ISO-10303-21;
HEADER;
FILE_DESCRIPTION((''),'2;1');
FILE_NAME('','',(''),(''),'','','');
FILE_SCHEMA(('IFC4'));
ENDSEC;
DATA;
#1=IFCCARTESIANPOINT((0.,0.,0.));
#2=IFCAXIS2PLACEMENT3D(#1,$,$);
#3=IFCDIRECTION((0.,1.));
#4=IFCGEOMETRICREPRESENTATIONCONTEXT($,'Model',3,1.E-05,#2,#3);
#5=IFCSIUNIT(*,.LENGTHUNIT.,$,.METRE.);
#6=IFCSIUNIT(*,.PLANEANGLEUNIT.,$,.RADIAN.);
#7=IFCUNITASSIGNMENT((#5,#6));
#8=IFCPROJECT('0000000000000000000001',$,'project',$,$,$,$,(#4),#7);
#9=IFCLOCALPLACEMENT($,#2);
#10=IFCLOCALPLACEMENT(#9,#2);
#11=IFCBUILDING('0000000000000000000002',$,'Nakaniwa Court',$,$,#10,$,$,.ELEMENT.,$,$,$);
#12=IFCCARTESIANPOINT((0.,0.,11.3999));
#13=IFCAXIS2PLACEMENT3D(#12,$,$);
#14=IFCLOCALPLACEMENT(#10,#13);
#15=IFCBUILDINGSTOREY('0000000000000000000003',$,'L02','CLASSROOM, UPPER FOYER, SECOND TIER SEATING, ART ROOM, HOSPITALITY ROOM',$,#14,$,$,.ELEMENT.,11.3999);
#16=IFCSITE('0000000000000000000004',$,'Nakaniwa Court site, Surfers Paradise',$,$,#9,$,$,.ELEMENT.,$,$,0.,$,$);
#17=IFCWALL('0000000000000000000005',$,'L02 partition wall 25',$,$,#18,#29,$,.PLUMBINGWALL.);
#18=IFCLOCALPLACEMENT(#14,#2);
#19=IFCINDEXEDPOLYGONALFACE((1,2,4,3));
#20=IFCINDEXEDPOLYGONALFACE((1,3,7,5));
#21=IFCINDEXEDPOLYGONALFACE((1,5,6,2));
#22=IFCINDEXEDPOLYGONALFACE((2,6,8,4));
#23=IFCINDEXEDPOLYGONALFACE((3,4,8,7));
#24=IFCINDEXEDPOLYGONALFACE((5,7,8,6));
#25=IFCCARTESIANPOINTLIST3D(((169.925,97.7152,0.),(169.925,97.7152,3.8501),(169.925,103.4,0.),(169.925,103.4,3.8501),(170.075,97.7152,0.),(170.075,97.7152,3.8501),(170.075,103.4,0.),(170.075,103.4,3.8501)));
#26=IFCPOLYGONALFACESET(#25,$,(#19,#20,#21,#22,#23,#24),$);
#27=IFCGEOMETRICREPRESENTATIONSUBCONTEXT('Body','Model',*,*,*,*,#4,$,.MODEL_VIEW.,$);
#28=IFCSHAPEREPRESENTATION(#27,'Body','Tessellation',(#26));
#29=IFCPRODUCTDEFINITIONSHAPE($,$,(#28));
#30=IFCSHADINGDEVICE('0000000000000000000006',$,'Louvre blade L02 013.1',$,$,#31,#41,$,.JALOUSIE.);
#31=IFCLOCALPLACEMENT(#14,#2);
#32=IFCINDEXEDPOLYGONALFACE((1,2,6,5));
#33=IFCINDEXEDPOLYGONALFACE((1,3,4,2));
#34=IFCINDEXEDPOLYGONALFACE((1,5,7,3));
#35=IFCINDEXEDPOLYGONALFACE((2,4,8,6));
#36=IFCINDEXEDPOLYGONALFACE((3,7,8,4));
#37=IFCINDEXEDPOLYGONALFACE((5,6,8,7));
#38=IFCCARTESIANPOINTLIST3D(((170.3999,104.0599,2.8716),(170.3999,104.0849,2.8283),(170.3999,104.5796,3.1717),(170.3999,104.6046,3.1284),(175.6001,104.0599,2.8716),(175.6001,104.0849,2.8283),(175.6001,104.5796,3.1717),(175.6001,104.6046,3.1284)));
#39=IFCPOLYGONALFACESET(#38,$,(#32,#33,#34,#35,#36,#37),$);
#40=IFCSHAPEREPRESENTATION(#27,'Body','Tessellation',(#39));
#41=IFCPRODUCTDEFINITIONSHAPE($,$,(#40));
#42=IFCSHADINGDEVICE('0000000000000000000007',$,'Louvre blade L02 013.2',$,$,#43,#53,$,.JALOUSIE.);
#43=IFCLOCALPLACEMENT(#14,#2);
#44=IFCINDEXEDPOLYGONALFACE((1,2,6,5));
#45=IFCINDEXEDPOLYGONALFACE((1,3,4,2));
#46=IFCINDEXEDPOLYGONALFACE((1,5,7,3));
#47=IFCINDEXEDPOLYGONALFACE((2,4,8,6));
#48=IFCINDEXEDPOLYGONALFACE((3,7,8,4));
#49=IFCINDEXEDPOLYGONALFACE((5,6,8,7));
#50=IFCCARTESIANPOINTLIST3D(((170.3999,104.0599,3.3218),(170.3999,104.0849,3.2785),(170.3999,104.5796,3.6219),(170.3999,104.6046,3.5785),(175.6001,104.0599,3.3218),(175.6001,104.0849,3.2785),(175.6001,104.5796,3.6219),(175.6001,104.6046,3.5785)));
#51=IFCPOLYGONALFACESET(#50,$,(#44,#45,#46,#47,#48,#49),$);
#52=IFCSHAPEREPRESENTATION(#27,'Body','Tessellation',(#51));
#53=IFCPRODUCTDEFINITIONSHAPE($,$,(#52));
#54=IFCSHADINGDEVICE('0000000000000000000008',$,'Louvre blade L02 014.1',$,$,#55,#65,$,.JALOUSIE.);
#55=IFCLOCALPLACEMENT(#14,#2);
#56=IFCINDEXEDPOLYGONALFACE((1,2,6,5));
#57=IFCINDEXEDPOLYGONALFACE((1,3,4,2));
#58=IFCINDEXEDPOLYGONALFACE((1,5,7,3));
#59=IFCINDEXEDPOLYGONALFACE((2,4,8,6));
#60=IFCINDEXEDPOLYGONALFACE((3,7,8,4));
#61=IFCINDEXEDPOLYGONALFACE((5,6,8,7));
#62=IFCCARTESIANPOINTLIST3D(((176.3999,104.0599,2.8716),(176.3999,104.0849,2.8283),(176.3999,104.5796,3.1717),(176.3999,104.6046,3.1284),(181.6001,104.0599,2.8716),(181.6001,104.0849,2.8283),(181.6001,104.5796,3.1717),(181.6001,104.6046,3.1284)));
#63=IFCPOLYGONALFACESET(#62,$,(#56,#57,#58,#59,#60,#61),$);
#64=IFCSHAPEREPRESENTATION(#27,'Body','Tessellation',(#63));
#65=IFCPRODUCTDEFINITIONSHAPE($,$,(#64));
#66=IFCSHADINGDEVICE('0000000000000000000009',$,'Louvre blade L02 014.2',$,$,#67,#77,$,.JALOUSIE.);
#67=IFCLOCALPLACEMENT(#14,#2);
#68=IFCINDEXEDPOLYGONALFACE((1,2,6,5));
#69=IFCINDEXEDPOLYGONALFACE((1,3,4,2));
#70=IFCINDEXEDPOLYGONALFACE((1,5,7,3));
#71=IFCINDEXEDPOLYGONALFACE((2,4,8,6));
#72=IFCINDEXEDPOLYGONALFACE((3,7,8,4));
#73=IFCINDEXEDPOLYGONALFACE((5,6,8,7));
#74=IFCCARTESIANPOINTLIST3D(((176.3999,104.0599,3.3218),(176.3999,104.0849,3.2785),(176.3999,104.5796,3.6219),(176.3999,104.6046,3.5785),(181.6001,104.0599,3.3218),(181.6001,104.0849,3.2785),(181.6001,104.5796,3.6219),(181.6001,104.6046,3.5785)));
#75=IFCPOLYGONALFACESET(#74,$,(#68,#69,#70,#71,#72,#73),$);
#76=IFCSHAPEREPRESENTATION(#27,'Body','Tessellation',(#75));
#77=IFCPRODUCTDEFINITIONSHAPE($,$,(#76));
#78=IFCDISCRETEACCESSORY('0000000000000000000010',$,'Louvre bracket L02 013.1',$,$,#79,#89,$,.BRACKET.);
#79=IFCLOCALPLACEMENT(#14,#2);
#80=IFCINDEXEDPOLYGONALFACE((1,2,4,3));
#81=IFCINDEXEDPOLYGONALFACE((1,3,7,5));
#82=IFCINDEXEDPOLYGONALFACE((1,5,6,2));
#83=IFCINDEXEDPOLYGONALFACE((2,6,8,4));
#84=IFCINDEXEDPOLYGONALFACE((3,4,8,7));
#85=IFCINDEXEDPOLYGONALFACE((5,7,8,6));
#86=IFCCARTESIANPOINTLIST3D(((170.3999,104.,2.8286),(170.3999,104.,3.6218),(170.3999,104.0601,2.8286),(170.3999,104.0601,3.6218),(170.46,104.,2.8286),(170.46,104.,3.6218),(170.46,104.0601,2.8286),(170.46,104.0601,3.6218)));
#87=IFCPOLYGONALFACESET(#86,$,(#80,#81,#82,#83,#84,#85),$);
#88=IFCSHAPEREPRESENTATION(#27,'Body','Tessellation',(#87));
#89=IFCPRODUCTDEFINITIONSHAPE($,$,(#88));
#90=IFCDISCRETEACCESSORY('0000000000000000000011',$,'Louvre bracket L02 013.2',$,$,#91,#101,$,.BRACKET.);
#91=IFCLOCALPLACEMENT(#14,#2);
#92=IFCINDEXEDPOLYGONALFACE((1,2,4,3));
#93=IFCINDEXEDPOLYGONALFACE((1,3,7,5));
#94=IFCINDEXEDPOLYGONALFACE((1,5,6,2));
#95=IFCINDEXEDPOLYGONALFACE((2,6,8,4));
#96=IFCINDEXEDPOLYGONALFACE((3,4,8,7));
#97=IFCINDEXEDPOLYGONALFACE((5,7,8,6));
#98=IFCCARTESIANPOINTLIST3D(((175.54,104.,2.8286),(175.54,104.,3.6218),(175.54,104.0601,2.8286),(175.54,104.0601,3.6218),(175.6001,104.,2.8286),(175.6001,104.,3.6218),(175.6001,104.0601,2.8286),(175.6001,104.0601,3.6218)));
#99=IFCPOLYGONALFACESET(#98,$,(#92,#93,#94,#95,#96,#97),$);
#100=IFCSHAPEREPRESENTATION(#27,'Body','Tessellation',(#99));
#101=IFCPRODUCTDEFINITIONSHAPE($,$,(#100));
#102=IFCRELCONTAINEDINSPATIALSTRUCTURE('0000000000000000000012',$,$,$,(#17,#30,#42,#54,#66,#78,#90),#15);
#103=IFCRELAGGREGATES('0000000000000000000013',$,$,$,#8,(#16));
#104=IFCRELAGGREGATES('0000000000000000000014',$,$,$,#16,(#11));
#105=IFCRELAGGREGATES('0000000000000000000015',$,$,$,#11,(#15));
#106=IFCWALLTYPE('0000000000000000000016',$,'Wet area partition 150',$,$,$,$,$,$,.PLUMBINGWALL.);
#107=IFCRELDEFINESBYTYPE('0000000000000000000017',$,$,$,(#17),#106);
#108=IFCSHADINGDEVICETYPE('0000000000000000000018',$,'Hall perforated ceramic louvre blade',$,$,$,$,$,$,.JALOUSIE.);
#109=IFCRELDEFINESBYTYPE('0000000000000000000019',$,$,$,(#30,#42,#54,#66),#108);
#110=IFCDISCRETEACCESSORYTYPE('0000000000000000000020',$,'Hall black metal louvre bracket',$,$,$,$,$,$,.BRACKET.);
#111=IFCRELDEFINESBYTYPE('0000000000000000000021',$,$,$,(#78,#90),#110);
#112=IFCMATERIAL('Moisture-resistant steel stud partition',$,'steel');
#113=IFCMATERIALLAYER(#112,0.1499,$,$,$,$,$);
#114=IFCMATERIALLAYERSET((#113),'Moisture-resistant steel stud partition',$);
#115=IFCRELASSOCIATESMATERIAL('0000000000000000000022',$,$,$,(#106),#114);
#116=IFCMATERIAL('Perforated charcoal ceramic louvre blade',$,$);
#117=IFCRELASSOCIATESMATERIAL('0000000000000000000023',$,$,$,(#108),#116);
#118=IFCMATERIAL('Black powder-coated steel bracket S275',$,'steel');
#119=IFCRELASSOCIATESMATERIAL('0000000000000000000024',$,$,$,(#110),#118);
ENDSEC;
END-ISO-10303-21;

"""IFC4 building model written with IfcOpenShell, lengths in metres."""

from ifc_helpers import new_model, si_unit, direction, frame, frame_2d, origin, origin_2d, place, context, subcontext, project, spatial, rectangle, extrude, material, layer, layer_set, material_profile, profile_set, type_object, element, save


model = new_model("IFC4")

# Units and contexts
model_context = context("Model", 3, precision=1e-05, world=origin(), true_north=direction((0.0, 1.0)))
body_context = subcontext(model_context, "Body", "Model", "MODEL_VIEW")
ifc_project = project(units=[si_unit("LENGTHUNIT", "METRE"), si_unit("PLANEANGLEUNIT", "RADIAN")], contexts=[model_context])

# Site, building, storey
site_placement = place(None, origin())
site = spatial("IfcSite", under=ifc_project, at=site_placement, Name="Nakaniwa Court site, Surfers Paradise", CompositionType="ELEMENT", RefElevation=0.0)
building_placement = place(site_placement, origin())
building = spatial("IfcBuilding", under=site, at=building_placement, Name="Nakaniwa Court", CompositionType="ELEMENT")
storey_placement = place(building_placement, frame((0.0, 0.0, 11.3999)))
storey = spatial("IfcBuildingStorey", under=building, at=storey_placement, Name="L02", Description="CLASSROOM, UPPER FOYER, SECOND TIER SEATING, ART ROOM, HOSPITALITY ROOM", CompositionType="ELEMENT", Elevation=11.3999)

# Wall
ifc_material_1 = material(Name="Moisture-resistant steel stud partition", Category="steel")
ifc_layer_1 = layer(ifc_material_1, 0.1499)
ifc_layer_set_1 = layer_set([ifc_layer_1], Name="Moisture-resistant steel stud partition")
wall_type_1 = type_object("IfcWallType", Name="Wet area partition 150", PredefinedType="PLUMBINGWALL", material=ifc_layer_set_1)
wall_1_placement = place(storey_placement, frame((170.0, 103.3999, 0.0), z_axis=(0.0, 0.0, 1.0), x_axis=(0.0, -1.0, 0.0)))
element("IfcWall", 1, at=wall_1_placement, inside=storey, type_object=wall_type_1, Name="L02 partition wall 25", PredefinedType="PLUMBINGWALL", context=body_context, shape_type="SweptSolid", body=[
    extrude(rectangle(XDim=5.6848, YDim=0.1499, at=frame_2d((2.8423, 0.0))), origin(), (0.0, 0.0, 1.0), 3.8501),
])

# Shading devices
ifc_material_2 = material(Name="Perforated charcoal ceramic louvre blade")
ifc_material_profile_1 = material_profile(ifc_material_2, rectangle(XDim=0.6001, YDim=0.05, at=origin_2d()), Name="Hall perforated ceramic louvre blade")
ifc_profile_set_1 = profile_set([ifc_material_profile_1], Name="Perforated charcoal ceramic louvre blade")
shading_device_type = type_object("IfcShadingDeviceType", Name="Hall perforated ceramic louvre blade", PredefinedType="JALOUSIE", material=ifc_profile_set_1)
for number, where, z_axis, x_axis, name in (
    (2, (170.3999, 104.3323, 3.0), (1.0, 0.0, 0.0), (0.0, 0.866025, 0.5), "Louvre blade L02 013.1"),
    (3, (170.3999, 104.3323, 3.4502), (1.0, 0.0, 0.0), (0.0, 0.866025, 0.5), "Louvre blade L02 013.2"),
    (4, (176.3999, 104.3323, 3.0), (1.0, 0.0, 0.0), (0.0, 0.866025, 0.5), "Louvre blade L02 014.1"),
    (5, (176.3999, 104.3323, 3.4502), (1.0, 0.0, 0.0), (0.0, 0.866025, 0.5), "Louvre blade L02 014.2"),
):
    element("IfcShadingDevice", number, at=place(storey_placement, frame(where, z_axis=z_axis, x_axis=x_axis)), inside=storey, type_object=shading_device_type, Name=name, PredefinedType="JALOUSIE", context=body_context, shape_type="SweptSolid", body=[
        extrude(rectangle(XDim=0.6001, YDim=0.05, at=origin_2d()), origin(), (0.0, 0.0, 1.0), 5.2002),
    ])

# Discrete accessories
ifc_material_3 = material(Name="Black powder-coated steel bracket S275", Category="steel")
discrete_accessory_type = type_object("IfcDiscreteAccessoryType", Name="Hall black metal louvre bracket", PredefinedType="BRACKET", material=ifc_material_3)
for number, where, z_axis, x_axis, name in (
    (6, (170.4299, 104.03, 2.8286), (0.0, 0.0, 1.0), (1.0, 0.0, 0.0), "Louvre bracket L02 013.1"),
    (7, (175.5701, 104.03, 2.8286), (0.0, 0.0, 1.0), (1.0, 0.0, 0.0), "Louvre bracket L02 013.2"),
):
    element("IfcDiscreteAccessory", number, at=place(storey_placement, frame(where, z_axis=z_axis, x_axis=x_axis)), inside=storey, type_object=discrete_accessory_type, Name=name, PredefinedType="BRACKET", context=body_context, shape_type="SweptSolid", body=[
        extrude(rectangle(XDim=0.0601, YDim=0.0601, at=origin_2d()), origin(), (0.0, 0.0, 1.0), 0.7932),
    ])

save(model, "model.ifc")
